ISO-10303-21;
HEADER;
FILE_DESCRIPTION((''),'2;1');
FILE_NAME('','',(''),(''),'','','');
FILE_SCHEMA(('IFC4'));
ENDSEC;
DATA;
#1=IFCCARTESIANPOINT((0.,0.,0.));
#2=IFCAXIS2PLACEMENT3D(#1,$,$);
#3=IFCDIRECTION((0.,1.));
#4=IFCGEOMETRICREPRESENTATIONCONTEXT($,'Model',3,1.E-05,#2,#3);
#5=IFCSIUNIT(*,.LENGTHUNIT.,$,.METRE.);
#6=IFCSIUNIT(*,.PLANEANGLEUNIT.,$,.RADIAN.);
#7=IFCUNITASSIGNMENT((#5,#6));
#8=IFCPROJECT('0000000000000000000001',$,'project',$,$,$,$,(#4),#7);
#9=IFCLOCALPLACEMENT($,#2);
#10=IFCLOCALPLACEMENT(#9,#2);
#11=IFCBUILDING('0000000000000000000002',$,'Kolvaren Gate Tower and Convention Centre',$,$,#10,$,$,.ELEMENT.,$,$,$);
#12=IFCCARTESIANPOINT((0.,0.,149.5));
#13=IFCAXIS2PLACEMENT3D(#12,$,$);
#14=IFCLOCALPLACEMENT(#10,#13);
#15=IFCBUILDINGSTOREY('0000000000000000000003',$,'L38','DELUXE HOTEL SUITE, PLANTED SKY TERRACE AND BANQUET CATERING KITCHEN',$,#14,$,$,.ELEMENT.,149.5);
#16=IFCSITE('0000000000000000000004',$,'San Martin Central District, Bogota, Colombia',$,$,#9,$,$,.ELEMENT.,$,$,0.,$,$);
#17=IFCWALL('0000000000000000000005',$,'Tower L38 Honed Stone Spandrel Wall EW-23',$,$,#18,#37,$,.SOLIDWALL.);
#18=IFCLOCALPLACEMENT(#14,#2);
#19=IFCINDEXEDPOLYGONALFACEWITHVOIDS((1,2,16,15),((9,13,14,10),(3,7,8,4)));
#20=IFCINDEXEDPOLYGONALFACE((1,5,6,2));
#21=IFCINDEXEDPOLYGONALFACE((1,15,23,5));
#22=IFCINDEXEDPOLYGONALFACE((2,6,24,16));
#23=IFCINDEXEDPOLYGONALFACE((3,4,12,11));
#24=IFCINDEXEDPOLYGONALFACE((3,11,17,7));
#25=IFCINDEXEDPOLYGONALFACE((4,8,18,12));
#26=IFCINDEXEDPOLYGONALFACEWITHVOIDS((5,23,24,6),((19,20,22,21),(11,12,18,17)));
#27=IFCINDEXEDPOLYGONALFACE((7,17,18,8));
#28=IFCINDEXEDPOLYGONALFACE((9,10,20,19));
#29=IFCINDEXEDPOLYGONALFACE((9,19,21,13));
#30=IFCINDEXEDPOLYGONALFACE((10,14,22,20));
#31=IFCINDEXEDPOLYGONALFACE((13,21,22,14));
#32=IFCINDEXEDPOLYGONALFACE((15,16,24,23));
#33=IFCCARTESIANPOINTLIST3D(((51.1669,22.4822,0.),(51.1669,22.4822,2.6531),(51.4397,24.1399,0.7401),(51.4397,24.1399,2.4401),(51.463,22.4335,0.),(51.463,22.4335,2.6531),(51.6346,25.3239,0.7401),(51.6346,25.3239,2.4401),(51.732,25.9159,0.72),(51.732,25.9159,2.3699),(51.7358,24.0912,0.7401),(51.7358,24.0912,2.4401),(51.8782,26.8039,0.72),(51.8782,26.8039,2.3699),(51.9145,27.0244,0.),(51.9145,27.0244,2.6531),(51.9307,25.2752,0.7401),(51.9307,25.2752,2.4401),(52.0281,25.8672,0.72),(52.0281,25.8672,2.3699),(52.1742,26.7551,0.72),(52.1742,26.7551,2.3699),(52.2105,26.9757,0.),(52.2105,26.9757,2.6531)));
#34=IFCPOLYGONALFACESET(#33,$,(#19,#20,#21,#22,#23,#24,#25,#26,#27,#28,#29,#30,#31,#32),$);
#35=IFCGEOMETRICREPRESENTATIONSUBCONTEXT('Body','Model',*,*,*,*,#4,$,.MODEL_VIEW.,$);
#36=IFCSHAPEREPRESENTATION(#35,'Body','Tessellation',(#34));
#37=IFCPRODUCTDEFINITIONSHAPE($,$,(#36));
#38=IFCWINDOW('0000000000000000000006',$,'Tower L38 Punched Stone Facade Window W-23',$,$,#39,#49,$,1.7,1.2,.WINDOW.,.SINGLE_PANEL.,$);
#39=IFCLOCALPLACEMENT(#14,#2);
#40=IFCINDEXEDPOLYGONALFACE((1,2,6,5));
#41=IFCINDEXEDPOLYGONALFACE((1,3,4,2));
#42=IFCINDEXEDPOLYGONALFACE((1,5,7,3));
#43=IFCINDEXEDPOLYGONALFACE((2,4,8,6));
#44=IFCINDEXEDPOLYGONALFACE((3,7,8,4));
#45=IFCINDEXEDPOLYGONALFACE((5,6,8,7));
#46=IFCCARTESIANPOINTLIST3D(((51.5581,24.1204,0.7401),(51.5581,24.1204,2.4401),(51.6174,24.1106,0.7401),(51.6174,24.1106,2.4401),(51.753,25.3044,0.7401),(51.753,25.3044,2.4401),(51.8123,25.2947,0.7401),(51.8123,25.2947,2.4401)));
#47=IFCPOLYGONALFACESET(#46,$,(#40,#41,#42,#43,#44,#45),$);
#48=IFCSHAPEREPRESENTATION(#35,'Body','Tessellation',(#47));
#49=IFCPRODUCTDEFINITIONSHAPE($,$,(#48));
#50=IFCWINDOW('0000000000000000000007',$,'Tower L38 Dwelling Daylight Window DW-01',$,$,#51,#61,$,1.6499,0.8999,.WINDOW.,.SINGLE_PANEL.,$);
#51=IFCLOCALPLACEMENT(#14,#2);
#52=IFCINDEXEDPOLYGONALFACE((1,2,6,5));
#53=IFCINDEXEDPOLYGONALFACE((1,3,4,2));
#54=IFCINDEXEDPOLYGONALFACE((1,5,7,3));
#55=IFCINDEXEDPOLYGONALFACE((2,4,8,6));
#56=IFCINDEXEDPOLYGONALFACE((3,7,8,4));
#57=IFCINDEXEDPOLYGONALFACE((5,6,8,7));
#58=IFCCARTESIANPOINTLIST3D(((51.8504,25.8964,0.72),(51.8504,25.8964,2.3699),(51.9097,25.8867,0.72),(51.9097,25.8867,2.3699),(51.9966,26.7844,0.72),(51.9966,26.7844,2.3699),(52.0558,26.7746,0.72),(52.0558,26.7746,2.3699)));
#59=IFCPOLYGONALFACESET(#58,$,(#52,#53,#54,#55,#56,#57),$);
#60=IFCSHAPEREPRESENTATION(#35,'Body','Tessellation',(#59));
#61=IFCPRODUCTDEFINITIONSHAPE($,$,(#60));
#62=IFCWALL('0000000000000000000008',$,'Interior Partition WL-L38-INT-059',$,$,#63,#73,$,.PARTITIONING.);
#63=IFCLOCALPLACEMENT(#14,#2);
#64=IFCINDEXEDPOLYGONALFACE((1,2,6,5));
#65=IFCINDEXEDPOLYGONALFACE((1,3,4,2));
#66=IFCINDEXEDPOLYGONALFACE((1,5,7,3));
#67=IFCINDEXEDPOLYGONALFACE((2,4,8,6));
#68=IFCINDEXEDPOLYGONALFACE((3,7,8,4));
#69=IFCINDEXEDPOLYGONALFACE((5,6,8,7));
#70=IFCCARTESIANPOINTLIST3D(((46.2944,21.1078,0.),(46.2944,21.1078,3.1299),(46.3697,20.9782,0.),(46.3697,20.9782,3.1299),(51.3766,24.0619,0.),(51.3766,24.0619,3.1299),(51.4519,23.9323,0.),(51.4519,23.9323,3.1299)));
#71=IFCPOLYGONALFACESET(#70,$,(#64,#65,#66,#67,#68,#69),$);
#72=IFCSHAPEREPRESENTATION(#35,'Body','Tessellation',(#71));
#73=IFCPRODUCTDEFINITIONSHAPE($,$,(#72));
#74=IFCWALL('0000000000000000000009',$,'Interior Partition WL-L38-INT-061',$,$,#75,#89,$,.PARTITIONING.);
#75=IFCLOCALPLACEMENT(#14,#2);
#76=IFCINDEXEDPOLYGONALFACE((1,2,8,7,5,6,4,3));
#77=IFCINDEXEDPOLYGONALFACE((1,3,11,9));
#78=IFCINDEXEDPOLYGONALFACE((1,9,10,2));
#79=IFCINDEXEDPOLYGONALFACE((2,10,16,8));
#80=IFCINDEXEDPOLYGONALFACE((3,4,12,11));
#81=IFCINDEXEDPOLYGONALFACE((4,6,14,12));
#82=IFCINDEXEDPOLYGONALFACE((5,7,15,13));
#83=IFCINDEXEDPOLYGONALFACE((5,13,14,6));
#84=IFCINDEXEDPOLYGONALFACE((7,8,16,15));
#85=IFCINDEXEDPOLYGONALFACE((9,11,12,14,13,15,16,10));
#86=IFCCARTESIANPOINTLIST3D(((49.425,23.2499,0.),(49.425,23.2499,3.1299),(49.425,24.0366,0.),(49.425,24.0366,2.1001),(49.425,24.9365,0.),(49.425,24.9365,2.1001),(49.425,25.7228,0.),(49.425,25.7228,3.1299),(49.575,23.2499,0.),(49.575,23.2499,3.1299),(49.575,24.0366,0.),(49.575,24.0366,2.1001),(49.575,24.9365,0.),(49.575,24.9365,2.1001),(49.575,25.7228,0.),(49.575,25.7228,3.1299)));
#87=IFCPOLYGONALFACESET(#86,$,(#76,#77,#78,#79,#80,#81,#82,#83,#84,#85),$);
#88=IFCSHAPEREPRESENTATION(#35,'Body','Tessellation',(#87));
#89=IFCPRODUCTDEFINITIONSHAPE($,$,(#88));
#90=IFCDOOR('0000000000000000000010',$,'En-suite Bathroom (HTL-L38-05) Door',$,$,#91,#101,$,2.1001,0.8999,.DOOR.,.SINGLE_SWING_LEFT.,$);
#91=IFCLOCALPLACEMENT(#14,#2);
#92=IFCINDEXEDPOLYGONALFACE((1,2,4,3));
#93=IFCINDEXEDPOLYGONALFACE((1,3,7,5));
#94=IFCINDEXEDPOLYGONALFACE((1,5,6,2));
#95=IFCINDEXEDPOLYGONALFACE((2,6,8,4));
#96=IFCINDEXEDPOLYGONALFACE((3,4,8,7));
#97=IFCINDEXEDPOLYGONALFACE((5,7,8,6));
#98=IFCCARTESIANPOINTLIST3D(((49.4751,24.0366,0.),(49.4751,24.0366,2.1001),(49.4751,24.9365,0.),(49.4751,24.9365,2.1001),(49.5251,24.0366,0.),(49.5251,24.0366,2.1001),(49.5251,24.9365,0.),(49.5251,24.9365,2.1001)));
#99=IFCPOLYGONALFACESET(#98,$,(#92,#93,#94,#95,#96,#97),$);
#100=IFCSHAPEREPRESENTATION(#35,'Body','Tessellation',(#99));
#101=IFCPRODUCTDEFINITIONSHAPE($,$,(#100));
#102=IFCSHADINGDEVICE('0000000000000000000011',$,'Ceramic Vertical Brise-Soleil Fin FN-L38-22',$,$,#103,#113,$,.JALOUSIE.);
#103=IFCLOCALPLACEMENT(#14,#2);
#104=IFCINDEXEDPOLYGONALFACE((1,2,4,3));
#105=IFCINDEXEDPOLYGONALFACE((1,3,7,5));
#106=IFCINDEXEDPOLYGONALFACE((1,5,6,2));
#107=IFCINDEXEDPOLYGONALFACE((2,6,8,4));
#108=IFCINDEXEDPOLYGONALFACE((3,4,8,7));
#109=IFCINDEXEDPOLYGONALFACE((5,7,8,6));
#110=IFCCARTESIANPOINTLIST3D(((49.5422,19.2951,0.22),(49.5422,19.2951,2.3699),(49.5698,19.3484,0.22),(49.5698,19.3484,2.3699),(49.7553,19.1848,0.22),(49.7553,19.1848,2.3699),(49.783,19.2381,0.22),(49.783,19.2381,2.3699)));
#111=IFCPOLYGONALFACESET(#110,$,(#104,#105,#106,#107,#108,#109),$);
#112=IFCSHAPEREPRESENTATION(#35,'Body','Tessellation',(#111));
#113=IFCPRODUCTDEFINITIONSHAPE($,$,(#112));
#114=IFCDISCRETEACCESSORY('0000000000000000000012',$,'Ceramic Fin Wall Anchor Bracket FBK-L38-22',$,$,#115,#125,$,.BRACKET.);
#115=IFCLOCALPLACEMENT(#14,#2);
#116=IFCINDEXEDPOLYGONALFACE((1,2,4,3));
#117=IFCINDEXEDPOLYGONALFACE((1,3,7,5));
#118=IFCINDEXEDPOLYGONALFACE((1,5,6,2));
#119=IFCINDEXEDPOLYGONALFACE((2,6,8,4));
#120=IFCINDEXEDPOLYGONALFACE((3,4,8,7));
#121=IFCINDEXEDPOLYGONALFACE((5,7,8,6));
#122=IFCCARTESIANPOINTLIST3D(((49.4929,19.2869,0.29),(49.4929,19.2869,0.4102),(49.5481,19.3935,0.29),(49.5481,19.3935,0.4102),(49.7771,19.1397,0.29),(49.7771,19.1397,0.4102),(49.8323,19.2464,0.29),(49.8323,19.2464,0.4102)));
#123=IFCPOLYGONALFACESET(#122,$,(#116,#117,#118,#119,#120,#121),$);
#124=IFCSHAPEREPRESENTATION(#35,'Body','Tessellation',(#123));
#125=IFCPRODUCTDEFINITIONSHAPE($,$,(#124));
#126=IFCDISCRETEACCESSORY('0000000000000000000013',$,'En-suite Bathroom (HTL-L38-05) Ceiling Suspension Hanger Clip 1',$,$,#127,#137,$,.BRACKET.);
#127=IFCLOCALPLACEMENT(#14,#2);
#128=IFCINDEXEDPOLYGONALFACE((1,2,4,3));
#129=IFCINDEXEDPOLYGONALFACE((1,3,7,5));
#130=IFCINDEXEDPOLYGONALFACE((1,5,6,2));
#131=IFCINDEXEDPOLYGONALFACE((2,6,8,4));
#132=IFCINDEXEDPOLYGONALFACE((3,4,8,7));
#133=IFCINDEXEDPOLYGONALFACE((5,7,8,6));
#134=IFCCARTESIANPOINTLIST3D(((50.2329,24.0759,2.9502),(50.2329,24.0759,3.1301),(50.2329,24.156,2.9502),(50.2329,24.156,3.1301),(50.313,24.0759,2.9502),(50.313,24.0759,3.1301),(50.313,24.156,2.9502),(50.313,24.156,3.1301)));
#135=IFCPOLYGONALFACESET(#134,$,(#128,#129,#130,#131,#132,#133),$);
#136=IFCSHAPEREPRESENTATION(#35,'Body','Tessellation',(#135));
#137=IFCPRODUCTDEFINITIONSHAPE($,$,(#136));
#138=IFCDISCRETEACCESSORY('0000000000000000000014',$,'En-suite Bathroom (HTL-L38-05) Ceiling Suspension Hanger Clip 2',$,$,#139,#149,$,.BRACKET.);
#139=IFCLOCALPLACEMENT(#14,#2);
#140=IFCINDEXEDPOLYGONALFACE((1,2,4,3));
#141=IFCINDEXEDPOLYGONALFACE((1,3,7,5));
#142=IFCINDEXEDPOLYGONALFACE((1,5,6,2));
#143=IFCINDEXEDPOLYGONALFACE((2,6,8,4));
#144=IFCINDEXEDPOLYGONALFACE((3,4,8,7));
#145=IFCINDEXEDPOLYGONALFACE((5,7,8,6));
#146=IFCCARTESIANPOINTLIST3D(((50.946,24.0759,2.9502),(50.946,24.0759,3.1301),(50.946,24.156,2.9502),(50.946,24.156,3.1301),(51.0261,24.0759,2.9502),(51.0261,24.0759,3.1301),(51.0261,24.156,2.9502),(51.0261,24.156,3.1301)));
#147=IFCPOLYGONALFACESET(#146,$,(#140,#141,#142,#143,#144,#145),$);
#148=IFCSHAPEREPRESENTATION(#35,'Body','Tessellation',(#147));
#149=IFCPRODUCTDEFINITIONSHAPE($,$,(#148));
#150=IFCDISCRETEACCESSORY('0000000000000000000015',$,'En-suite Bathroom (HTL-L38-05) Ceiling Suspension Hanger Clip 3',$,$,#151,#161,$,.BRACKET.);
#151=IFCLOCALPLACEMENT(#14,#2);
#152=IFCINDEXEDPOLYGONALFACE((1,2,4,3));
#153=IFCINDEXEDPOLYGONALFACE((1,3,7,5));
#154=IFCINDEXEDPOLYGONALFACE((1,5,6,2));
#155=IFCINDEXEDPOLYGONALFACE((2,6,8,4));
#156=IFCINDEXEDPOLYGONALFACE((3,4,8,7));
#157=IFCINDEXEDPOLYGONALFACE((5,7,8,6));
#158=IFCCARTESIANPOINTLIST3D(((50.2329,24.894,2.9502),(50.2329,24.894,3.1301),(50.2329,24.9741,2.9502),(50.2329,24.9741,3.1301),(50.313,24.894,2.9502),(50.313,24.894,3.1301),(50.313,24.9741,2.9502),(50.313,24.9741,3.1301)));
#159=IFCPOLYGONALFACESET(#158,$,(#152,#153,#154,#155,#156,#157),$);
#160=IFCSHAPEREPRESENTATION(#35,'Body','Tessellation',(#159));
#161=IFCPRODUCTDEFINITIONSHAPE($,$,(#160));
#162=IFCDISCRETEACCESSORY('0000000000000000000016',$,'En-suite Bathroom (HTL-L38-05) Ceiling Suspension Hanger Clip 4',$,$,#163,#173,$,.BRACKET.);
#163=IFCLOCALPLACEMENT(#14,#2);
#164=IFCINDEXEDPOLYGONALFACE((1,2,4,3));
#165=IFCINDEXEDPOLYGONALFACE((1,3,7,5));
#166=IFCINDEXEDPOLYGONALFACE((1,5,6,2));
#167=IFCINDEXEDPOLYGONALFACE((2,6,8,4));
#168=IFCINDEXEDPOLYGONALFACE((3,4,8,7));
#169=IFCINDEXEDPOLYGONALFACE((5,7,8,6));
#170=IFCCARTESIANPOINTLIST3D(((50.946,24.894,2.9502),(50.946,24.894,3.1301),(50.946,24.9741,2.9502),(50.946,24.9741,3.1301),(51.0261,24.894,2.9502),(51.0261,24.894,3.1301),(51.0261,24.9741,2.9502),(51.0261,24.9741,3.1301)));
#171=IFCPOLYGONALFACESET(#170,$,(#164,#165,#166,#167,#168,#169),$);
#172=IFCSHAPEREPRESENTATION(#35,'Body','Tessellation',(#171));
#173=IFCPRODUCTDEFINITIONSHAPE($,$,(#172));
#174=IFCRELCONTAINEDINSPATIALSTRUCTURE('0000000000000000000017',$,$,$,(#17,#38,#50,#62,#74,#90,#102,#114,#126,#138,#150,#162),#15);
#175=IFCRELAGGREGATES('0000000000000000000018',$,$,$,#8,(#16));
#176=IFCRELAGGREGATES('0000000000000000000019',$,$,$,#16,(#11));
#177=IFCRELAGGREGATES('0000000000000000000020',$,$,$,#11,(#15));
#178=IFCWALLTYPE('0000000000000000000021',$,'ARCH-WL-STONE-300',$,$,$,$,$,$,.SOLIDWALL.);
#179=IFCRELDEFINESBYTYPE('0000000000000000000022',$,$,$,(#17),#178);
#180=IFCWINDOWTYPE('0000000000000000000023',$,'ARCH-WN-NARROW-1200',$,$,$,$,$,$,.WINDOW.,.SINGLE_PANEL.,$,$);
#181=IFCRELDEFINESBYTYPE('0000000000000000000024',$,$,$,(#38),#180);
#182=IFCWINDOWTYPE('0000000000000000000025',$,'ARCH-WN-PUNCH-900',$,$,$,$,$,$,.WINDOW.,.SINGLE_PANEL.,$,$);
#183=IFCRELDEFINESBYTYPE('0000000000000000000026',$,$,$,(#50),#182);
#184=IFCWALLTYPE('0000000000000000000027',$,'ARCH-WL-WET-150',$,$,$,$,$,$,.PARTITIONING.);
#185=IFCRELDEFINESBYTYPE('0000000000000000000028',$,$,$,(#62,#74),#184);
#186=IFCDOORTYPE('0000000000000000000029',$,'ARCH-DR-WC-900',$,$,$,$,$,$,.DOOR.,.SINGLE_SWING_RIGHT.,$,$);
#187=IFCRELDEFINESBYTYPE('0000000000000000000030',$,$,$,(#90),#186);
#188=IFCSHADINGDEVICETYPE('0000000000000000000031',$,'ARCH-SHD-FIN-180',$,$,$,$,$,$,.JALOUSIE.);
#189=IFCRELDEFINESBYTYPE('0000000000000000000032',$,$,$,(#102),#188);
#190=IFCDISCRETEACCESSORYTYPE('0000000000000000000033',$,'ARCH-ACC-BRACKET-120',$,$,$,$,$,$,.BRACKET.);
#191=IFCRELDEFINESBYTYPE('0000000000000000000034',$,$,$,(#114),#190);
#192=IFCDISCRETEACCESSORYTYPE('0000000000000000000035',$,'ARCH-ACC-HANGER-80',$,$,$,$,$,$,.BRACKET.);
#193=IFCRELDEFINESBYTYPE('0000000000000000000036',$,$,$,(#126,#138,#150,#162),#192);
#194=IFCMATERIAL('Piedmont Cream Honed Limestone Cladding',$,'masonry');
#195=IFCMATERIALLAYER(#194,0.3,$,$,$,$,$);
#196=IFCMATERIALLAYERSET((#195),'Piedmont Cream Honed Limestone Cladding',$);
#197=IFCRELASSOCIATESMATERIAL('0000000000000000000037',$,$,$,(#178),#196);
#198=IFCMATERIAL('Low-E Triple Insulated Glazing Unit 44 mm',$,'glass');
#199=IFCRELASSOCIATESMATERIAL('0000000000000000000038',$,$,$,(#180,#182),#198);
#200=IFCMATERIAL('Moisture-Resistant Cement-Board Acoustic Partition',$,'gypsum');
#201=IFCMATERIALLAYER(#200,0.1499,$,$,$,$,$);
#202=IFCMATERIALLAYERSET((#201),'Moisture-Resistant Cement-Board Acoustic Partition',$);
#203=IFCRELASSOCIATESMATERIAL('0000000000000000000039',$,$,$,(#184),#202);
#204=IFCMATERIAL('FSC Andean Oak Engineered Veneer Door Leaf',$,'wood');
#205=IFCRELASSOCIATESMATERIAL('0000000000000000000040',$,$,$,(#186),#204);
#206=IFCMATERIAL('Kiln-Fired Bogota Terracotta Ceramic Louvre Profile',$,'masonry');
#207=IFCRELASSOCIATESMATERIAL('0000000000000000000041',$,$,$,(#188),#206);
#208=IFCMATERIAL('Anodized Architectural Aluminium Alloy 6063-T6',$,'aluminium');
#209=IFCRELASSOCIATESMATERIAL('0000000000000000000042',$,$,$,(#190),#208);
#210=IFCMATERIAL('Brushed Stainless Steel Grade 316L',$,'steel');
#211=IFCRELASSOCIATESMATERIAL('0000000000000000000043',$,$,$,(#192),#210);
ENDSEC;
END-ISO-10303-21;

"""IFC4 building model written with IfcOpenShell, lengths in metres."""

from ifc_helpers import new_model, si_unit, direction, frame, frame_2d, origin, origin_2d, place, context, subcontext, project, spatial, rectangle, extrude, material, layer, layer_set, type_object, element, fill, save


model = new_model("IFC4")

# Units and contexts
model_context = context("Model", 3, precision=1e-05, world=origin(), true_north=direction((0.0, 1.0)))
body_context = subcontext(model_context, "Body", "Model", "MODEL_VIEW")
ifc_project = project(units=[si_unit("LENGTHUNIT", "METRE"), si_unit("PLANEANGLEUNIT", "RADIAN")], contexts=[model_context])

# Site, building, storey
site_placement = place(None, origin())
site = spatial("IfcSite", under=ifc_project, at=site_placement, Name="San Martin Central District, Bogota, Colombia", CompositionType="ELEMENT", RefElevation=0.0)
building_placement = place(site_placement, origin())
building = spatial("IfcBuilding", under=site, at=building_placement, Name="Kolvaren Gate Tower and Convention Centre", CompositionType="ELEMENT")
storey_placement = place(building_placement, frame((0.0, 0.0, 149.5)))
storey = spatial("IfcBuildingStorey", under=building, at=storey_placement, Name="L38", Description="DELUXE HOTEL SUITE, PLANTED SKY TERRACE AND BANQUET CATERING KITCHEN", CompositionType="ELEMENT", Elevation=149.5)

# Wall, openings, windows
ifc_material_1 = material(Name="Piedmont Cream Honed Limestone Cladding", Category="masonry")
ifc_layer_1 = layer(ifc_material_1, 0.3)
ifc_layer_set_1 = layer_set([ifc_layer_1], Name="Piedmont Cream Honed Limestone Cladding")
wall_type_1 = type_object("IfcWallType", Name="ARCH-WL-STONE-300", PredefinedType="SOLIDWALL", material=ifc_layer_set_1)
wall_1_placement = place(storey_placement, frame((51.3149, 22.4578, 0.0), z_axis=(0.0, 0.0, 1.0), x_axis=(0.162395, 0.986726, 0.0)))
wall_1 = element("IfcWall", 1, at=wall_1_placement, inside=storey, type_object=wall_type_1, Name="Tower L38 Honed Stone Spandrel Wall EW-23", PredefinedType="SOLIDWALL", context=body_context, shape_type="SweptSolid", body=[
    extrude(rectangle(XDim=4.6033, YDim=0.3, at=frame_2d((2.3018, 0.0))), origin(), (0.0, 0.0, 1.0), 2.6531),
])
opening_1_placement = place(wall_1_placement, frame((1.6799, 0.0, 0.74)))
opening_1 = element("IfcOpeningElement", 2, at=opening_1_placement, cuts=wall_1, PredefinedType="OPENING", context=body_context, shape_type="SweptSolid", body=[
    extrude(rectangle(XDim=1.2, YDim=1.7, at=frame_2d((0.6001, 0.8501))), frame((0.0, 0.1599, 0.0), z_axis=(0.0, -1.0, 0.0), x_axis=(1.0, 0.0, 0.0)), (0.0, 0.0, 1.0), 0.3201),
])
opening_2_placement = place(wall_1_placement, frame((3.48, 0.0, 0.72)))
opening_2 = element("IfcOpeningElement", 3, at=opening_2_placement, cuts=wall_1, PredefinedType="OPENING", context=body_context, shape_type="SweptSolid", body=[
    extrude(rectangle(XDim=0.8999, YDim=1.6499, at=frame_2d((0.45, 0.825))), frame((0.0, 0.1599, 0.0), z_axis=(0.0, -1.0, 0.0), x_axis=(1.0, 0.0, 0.0)), (0.0, 0.0, 1.0), 0.3201),
])
ifc_material_2 = material(Name="Low-E Triple Insulated Glazing Unit 44 mm", Category="glass")
window_type_1 = type_object("IfcWindowType", Name="ARCH-WN-NARROW-1200", PartitioningType="SINGLE_PANEL", PredefinedType="WINDOW", material=ifc_material_2)
window_1_placement = place(opening_1_placement, origin())
window_1 = element("IfcWindow", 4, at=window_1_placement, inside=storey, type_object=window_type_1, Name="Tower L38 Punched Stone Facade Window W-23", OverallHeight=1.7, OverallWidth=1.2, PartitioningType="SINGLE_PANEL", PredefinedType="WINDOW", context=body_context, shape_type="SweptSolid", body=[
    extrude(rectangle(XDim=1.2, YDim=1.7, at=frame_2d((0.6001, 0.8501))), frame((0.0, 0.03, 0.0), z_axis=(0.0, -1.0, 0.0), x_axis=(1.0, 0.0, 0.0)), (0.0, 0.0, 1.0), 0.0601),
])
fill(opening_1, window_1)
window_type_2 = type_object("IfcWindowType", Name="ARCH-WN-PUNCH-900", PartitioningType="SINGLE_PANEL", PredefinedType="WINDOW", material=ifc_material_2)
window_2_placement = place(opening_2_placement, origin())
window_2 = element("IfcWindow", 5, at=window_2_placement, inside=storey, type_object=window_type_2, Name="Tower L38 Dwelling Daylight Window DW-01", OverallHeight=1.6499, OverallWidth=0.8999, PartitioningType="SINGLE_PANEL", PredefinedType="WINDOW", context=body_context, shape_type="SweptSolid", body=[
    extrude(rectangle(XDim=0.8999, YDim=1.6499, at=frame_2d((0.45, 0.825))), frame((0.0, 0.03, 0.0), z_axis=(0.0, -1.0, 0.0), x_axis=(1.0, 0.0, 0.0)), (0.0, 0.0, 1.0), 0.0601),
])
fill(opening_2, window_2)

# Wall
ifc_material_3 = material(Name="Moisture-Resistant Cement-Board Acoustic Partition", Category="gypsum")
ifc_layer_2 = layer(ifc_material_3, 0.1499)
ifc_layer_set_2 = layer_set([ifc_layer_2], Name="Moisture-Resistant Cement-Board Acoustic Partition")
wall_type_2 = type_object("IfcWallType", Name="ARCH-WL-WET-150", PredefinedType="PARTITIONING", material=ifc_layer_set_2)
wall_2_placement = place(storey_placement, frame((46.332, 21.043, 0.0), z_axis=(0.0, 0.0, 1.0), x_axis=(0.86456, 0.50253, 0.0)))
element("IfcWall", 6, at=wall_2_placement, inside=storey, type_object=wall_type_2, Name="Interior Partition WL-L38-INT-059", PredefinedType="PARTITIONING", context=body_context, shape_type="SweptSolid", body=[
    extrude(rectangle(XDim=5.8784, YDim=0.1499, at=frame_2d((2.9392, 0.0))), origin(), (0.0, 0.0, 1.0), 3.1299),
])

# Wall, opening, door
wall_3_placement = place(storey_placement, frame((49.5, 23.25, 0.0), z_axis=(0.0, 0.0, 1.0), x_axis=(0.0, 1.0, 0.0)))
wall_3 = element("IfcWall", 7, at=wall_3_placement, inside=storey, type_object=wall_type_2, Name="Interior Partition WL-L38-INT-061", PredefinedType="PARTITIONING", context=body_context, shape_type="SweptSolid", body=[
    extrude(rectangle(XDim=2.4729, YDim=0.1499, at=frame_2d((1.2363, 0.0))), origin(), (0.0, 0.0, 1.0), 3.1299),
])
opening_3_placement = place(wall_3_placement, frame((0.7866, 0.0, 0.0)))
opening_3 = element("IfcOpeningElement", 8, at=opening_3_placement, cuts=wall_3, PredefinedType="OPENING", context=body_context, shape_type="SweptSolid", body=[
    extrude(rectangle(XDim=0.8999, YDim=2.1001, at=frame_2d((0.45, 1.05))), frame((0.0, 0.085, 0.0), z_axis=(0.0, -1.0, 0.0), x_axis=(1.0, 0.0, 0.0)), (0.0, 0.0, 1.0), 0.1699),
])
ifc_material_4 = material(Name="FSC Andean Oak Engineered Veneer Door Leaf", Category="wood")
door_type_1 = type_object("IfcDoorType", Name="ARCH-DR-WC-900", OperationType="SINGLE_SWING_RIGHT", PredefinedType="DOOR", material=ifc_material_4)
door_1_placement = place(opening_3_placement, origin())
door_1 = element("IfcDoor", 9, at=door_1_placement, inside=storey, type_object=door_type_1, Name="En-suite Bathroom (HTL-L38-05) Door", OperationType="SINGLE_SWING_LEFT", OverallHeight=2.1001, OverallWidth=0.8999, PredefinedType="DOOR", context=body_context, shape_type="SweptSolid", body=[
    extrude(rectangle(XDim=0.8999, YDim=2.1001, at=frame_2d((0.45, 1.05))), frame((0.0, 0.0249, 0.0), z_axis=(0.0, -1.0, 0.0), x_axis=(1.0, 0.0, 0.0)), (0.0, 0.0, 1.0), 0.05),
])
fill(opening_3, door_1)

# Shading device
ifc_material_5 = material(Name="Kiln-Fired Bogota Terracotta Ceramic Louvre Profile", Category="masonry")
shading_device_type = type_object("IfcShadingDeviceType", Name="ARCH-SHD-FIN-180", PredefinedType="JALOUSIE", material=ifc_material_5)
shading_device_placement = place(storey_placement, frame((49.6626, 19.2666, 0.22), z_axis=(0.0, 0.0, 1.0), x_axis=(0.459798, 0.888023, 0.0)))
element("IfcShadingDevice", 10, at=shading_device_placement, inside=storey, type_object=shading_device_type, Name="Ceramic Vertical Brise-Soleil Fin FN-L38-22", PredefinedType="JALOUSIE", context=body_context, shape_type="SweptSolid", body=[
    extrude(rectangle(XDim=0.0601, YDim=0.24, at=origin_2d()), origin(), (0.0, 0.0, 1.0), 2.1499),
])

# Discrete accessories
ifc_material_6 = material(Name="Anodized Architectural Aluminium Alloy 6063-T6", Category="aluminium")
discrete_accessory_type_1 = type_object("IfcDiscreteAccessoryType", Name="ARCH-ACC-BRACKET-120", PredefinedType="BRACKET", material=ifc_material_6)
discrete_accessory_placement = place(storey_placement, frame((49.6626, 19.2666, 0.29), z_axis=(0.0, 0.0, 1.0), x_axis=(0.459798, 0.888023, 0.0)))
element("IfcDiscreteAccessory", 11, at=discrete_accessory_placement, inside=storey, type_object=discrete_accessory_type_1, Name="Ceramic Fin Wall Anchor Bracket FBK-L38-22", PredefinedType="BRACKET", context=body_context, shape_type="SweptSolid", body=[
    extrude(rectangle(XDim=0.1201, YDim=0.3201, at=origin_2d()), origin(), (0.0, 0.0, 1.0), 0.1201),
])
ifc_material_7 = material(Name="Brushed Stainless Steel Grade 316L", Category="steel")
discrete_accessory_type_2 = type_object("IfcDiscreteAccessoryType", Name="ARCH-ACC-HANGER-80", PredefinedType="BRACKET", material=ifc_material_7)
for number, where, z_axis, x_axis, name in (
    (12, (50.2729, 24.116, 2.9502), (0.0, 0.0, 1.0), (1.0, 0.0, 0.0), "En-suite Bathroom (HTL-L38-05) Ceiling Suspension Hanger Clip 1"),
    (13, (50.9861, 24.116, 2.9502), (0.0, 0.0, 1.0), (1.0, 0.0, 0.0), "En-suite Bathroom (HTL-L38-05) Ceiling Suspension Hanger Clip 2"),
    (14, (50.2729, 24.9341, 2.9502), (0.0, 0.0, 1.0), (1.0, 0.0, 0.0), "En-suite Bathroom (HTL-L38-05) Ceiling Suspension Hanger Clip 3"),
    (15, (50.9861, 24.9341, 2.9502), (0.0, 0.0, 1.0), (1.0, 0.0, 0.0), "En-suite Bathroom (HTL-L38-05) Ceiling Suspension Hanger Clip 4"),
):
    element("IfcDiscreteAccessory", number, at=place(storey_placement, frame(where, z_axis=z_axis, x_axis=x_axis)), inside=storey, type_object=discrete_accessory_type_2, Name=name, PredefinedType="BRACKET", context=body_context, shape_type="SweptSolid", body=[
        extrude(rectangle(XDim=0.0801, YDim=0.0801, at=origin_2d()), origin(), (0.0, 0.0, 1.0), 0.1799),
    ])

save(model, "model.ifc")
